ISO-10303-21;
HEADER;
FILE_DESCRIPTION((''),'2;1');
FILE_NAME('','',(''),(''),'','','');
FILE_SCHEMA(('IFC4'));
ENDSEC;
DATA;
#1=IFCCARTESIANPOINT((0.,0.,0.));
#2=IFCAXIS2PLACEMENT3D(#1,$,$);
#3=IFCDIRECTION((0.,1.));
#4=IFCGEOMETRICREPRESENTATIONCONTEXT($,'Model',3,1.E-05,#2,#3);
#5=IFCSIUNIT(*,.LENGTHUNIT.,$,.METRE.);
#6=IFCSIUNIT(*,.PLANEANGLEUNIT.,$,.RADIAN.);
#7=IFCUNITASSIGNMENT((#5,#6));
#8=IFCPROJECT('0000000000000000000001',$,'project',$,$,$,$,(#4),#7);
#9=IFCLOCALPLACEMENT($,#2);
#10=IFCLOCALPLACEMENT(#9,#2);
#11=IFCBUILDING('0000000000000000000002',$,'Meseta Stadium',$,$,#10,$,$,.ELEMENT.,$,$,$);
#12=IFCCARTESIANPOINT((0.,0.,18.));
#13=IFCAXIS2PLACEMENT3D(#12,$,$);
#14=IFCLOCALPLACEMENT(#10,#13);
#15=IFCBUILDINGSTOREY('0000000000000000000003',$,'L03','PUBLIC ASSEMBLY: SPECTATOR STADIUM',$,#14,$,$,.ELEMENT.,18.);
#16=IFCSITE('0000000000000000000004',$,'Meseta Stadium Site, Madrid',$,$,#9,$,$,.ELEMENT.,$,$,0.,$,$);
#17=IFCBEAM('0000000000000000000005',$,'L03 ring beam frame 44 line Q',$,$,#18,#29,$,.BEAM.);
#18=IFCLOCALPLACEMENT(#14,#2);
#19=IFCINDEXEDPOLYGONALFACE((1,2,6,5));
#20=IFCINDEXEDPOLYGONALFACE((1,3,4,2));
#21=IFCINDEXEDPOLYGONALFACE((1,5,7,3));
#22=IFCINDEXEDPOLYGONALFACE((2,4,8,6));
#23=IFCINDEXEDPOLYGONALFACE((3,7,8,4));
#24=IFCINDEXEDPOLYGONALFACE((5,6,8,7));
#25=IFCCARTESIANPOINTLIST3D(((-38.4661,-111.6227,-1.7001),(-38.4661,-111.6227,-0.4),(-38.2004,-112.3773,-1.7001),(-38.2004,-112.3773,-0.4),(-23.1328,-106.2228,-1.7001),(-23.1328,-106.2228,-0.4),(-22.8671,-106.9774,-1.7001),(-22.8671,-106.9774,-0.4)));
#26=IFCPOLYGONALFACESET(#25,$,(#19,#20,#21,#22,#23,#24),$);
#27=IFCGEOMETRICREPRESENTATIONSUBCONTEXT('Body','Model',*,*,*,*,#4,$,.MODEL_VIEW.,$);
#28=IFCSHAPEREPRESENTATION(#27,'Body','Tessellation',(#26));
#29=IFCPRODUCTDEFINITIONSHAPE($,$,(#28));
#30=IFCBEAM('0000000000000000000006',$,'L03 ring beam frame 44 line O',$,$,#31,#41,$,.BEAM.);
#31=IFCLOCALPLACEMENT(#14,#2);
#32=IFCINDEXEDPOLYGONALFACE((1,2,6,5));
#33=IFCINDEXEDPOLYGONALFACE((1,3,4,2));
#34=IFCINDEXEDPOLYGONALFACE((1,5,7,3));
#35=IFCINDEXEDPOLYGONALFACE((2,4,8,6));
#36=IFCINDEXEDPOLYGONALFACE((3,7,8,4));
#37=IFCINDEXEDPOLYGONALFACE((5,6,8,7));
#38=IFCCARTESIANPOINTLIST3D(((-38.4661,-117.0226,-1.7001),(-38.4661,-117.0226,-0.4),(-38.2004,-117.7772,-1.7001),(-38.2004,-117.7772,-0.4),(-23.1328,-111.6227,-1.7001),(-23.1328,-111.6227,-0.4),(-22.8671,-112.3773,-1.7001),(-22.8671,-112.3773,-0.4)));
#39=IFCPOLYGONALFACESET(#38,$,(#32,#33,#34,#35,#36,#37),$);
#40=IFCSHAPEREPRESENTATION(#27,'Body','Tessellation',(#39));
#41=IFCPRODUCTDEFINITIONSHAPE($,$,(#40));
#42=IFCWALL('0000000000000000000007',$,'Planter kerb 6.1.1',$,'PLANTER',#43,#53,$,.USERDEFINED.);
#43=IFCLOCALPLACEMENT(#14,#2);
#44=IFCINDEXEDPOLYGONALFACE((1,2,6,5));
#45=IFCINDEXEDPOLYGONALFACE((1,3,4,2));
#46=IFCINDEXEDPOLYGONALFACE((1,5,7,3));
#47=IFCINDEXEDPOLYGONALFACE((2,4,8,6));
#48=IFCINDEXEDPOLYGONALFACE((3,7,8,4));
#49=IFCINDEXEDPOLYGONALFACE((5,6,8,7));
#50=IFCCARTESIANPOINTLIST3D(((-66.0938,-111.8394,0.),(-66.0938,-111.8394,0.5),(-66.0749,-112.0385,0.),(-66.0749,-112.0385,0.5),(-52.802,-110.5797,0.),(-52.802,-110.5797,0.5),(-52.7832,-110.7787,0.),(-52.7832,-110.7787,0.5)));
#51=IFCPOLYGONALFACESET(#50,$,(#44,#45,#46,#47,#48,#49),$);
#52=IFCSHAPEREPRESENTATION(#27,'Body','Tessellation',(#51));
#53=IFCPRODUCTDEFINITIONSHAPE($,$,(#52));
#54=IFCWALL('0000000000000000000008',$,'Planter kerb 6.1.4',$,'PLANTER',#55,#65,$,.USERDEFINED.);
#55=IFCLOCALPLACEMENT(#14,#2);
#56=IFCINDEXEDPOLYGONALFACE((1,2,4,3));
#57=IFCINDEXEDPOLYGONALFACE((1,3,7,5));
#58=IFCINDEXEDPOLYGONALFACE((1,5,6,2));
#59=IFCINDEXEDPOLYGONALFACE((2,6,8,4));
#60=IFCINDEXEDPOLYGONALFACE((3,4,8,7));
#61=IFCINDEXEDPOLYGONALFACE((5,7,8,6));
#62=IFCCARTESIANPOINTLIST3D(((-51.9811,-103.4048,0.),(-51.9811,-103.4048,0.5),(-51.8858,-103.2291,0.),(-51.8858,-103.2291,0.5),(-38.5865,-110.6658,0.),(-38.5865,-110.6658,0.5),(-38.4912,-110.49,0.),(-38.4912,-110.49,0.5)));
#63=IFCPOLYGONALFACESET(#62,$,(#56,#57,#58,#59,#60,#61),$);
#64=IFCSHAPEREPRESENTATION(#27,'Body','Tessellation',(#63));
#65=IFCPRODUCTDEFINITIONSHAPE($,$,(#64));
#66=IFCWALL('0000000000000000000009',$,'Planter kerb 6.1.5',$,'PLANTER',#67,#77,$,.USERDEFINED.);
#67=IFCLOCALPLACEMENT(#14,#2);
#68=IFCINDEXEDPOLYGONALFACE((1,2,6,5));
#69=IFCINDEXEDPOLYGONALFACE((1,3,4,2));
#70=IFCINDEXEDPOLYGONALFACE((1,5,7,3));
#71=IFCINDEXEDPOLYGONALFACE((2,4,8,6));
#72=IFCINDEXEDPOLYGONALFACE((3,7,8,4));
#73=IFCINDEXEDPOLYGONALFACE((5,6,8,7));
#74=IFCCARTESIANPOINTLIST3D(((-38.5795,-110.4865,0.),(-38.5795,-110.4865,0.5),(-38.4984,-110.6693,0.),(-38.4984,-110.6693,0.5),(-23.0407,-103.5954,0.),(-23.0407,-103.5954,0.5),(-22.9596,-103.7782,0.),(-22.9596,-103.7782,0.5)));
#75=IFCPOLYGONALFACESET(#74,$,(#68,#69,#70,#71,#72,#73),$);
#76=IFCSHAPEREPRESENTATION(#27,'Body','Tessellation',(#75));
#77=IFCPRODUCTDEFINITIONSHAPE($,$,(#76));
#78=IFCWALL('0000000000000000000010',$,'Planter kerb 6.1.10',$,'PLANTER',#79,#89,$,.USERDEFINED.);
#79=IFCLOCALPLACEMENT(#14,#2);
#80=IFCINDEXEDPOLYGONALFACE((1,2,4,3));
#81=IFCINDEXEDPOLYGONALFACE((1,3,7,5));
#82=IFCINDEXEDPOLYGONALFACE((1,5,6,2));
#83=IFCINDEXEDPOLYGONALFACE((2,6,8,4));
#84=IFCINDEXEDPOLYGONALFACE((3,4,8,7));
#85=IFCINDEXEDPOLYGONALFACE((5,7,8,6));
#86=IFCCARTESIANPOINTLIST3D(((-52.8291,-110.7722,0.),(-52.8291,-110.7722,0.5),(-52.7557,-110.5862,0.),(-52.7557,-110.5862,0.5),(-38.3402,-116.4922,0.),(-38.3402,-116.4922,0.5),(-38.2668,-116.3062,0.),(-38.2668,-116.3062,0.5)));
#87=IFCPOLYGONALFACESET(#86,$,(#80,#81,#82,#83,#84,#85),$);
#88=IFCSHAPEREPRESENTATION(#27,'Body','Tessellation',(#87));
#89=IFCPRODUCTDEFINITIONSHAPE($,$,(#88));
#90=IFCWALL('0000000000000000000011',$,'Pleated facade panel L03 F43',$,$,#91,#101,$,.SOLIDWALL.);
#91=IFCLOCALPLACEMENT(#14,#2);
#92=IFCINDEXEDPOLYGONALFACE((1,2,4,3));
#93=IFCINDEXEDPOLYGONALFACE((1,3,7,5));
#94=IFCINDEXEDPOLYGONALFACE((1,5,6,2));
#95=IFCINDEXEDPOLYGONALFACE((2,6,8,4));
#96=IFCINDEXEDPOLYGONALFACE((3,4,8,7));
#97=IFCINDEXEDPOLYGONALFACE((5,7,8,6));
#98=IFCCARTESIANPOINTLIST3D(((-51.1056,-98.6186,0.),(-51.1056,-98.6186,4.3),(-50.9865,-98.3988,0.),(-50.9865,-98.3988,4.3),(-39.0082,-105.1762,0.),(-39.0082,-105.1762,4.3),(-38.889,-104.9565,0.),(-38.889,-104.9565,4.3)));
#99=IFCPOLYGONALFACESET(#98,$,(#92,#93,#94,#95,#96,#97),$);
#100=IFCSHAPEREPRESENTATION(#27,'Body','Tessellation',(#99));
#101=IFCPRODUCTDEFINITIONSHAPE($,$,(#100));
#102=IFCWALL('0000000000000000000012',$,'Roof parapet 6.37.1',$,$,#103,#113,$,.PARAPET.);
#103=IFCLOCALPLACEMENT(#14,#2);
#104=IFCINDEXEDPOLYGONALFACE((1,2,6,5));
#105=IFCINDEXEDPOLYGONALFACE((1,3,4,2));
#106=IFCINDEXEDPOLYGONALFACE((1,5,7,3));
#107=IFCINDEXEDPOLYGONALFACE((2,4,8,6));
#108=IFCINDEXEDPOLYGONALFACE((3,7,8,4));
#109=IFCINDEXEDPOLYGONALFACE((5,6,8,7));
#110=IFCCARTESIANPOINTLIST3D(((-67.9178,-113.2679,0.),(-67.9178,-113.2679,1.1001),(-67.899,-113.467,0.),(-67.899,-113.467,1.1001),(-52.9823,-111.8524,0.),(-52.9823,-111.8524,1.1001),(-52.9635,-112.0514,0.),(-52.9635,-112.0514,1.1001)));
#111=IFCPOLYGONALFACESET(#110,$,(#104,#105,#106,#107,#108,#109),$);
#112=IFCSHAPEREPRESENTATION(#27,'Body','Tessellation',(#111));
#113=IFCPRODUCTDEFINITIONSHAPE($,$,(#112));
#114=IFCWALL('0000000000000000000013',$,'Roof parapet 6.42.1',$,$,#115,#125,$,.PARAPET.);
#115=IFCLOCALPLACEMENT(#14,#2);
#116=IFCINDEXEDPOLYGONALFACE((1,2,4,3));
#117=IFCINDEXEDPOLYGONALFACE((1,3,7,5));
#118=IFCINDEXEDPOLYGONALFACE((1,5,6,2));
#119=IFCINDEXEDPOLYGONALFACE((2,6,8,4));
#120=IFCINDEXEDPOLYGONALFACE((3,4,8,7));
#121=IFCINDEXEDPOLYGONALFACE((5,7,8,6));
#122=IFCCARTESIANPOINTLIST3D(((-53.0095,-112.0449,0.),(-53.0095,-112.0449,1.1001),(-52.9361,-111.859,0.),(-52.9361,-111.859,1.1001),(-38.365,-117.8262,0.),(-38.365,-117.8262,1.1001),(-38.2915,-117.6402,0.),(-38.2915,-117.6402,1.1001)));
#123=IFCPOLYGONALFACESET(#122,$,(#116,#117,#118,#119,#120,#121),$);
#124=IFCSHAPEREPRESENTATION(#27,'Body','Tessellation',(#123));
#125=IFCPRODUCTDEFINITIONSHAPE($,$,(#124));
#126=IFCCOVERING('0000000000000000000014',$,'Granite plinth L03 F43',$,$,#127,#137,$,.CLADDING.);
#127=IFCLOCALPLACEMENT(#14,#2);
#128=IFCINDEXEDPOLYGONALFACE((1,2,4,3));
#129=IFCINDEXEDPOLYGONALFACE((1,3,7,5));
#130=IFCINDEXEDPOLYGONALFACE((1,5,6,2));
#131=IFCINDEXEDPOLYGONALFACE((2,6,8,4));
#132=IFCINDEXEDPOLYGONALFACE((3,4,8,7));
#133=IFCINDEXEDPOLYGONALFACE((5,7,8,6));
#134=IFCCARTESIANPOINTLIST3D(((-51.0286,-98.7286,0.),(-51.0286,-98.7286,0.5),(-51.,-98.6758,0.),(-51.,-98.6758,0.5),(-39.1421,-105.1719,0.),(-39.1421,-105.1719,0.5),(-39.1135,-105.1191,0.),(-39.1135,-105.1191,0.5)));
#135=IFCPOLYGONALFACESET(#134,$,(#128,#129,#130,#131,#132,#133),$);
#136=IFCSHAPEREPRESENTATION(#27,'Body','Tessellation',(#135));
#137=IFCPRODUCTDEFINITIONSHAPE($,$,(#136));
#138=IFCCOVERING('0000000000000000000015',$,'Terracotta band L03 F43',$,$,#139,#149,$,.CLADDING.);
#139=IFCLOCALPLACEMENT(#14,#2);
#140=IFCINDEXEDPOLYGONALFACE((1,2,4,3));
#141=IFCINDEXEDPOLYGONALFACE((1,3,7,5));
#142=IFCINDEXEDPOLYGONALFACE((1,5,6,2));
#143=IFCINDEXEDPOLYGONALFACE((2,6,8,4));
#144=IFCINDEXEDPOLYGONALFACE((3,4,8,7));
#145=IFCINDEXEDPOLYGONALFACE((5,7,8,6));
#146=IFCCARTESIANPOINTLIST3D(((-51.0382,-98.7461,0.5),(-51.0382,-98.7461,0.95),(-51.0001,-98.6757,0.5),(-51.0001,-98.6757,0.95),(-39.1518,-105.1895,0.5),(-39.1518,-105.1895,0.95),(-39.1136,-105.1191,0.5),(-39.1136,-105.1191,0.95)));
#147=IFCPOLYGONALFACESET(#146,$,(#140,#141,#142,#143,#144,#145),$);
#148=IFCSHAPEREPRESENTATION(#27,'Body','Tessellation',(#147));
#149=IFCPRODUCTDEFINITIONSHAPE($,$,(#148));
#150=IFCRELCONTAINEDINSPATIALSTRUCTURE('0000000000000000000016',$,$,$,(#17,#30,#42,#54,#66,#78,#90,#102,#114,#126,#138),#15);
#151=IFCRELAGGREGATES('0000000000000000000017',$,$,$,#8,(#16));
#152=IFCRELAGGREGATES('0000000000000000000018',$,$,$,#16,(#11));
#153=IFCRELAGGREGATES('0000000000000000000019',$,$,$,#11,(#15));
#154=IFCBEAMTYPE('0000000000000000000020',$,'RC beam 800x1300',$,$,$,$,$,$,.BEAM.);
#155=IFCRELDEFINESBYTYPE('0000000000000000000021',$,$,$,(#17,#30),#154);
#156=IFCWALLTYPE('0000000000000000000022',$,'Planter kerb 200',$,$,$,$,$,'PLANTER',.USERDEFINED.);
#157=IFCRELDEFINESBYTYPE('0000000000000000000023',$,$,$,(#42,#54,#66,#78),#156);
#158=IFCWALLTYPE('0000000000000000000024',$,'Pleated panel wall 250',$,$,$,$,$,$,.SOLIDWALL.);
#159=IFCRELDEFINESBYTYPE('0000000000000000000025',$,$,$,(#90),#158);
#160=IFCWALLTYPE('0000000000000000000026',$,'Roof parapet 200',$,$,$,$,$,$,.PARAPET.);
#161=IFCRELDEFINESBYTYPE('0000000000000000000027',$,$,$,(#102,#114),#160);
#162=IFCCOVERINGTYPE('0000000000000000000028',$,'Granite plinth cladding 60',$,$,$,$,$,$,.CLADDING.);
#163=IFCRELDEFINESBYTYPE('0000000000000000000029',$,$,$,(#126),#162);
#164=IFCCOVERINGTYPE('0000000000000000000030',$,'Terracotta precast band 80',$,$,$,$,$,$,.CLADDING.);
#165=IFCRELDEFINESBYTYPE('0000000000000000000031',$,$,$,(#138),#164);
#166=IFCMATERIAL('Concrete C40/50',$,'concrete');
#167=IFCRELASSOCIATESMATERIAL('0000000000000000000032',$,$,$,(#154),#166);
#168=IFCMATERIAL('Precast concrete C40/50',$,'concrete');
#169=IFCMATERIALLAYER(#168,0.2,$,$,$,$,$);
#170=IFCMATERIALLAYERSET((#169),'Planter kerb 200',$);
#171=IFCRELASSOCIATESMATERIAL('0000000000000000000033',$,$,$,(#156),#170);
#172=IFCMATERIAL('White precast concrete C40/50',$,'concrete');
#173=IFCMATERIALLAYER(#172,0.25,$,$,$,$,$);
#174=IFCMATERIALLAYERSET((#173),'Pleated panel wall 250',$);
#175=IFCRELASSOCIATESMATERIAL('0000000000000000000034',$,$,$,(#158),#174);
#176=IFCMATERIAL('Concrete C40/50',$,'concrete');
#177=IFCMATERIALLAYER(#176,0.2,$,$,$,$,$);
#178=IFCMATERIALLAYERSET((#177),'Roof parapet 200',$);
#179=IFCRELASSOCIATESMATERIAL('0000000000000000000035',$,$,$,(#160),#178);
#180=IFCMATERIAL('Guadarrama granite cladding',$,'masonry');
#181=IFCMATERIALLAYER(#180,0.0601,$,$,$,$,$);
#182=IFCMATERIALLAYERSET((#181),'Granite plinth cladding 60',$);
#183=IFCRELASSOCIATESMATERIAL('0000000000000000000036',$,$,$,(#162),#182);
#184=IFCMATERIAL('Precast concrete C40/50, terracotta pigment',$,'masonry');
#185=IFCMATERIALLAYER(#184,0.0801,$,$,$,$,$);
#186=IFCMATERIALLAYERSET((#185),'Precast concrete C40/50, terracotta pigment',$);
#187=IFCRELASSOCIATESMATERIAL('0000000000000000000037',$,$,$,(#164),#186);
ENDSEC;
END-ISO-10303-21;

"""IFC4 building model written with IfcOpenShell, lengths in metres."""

from ifc_helpers import new_model, si_unit, direction, frame, frame_2d, origin, origin_2d, place, context, subcontext, project, spatial, rectangle, extrude, material, layer, layer_set, material_profile, profile_set, type_object, element, save


model = new_model("IFC4")

# Units and contexts
model_context = context("Model", 3, precision=1e-05, world=origin(), true_north=direction((0.0, 1.0)))
body_context = subcontext(model_context, "Body", "Model", "MODEL_VIEW")
ifc_project = project(units=[si_unit("LENGTHUNIT", "METRE"), si_unit("PLANEANGLEUNIT", "RADIAN")], contexts=[model_context])

# Site, building, storey
site_placement = place(None, origin())
site = spatial("IfcSite", under=ifc_project, at=site_placement, Name="Meseta Stadium Site, Madrid", CompositionType="ELEMENT", RefElevation=0.0)
building_placement = place(site_placement, origin())
building = spatial("IfcBuilding", under=site, at=building_placement, Name="Meseta Stadium", CompositionType="ELEMENT")
storey_placement = place(building_placement, frame((0.0, 0.0, 18.0)))
storey = spatial("IfcBuildingStorey", under=building, at=storey_placement, Name="L03", Description="PUBLIC ASSEMBLY: SPECTATOR STADIUM", CompositionType="ELEMENT", Elevation=18.0)

# Beams
ifc_material_1 = material(Name="Concrete C40/50", Category="concrete")
ifc_material_profile_1 = material_profile(ifc_material_1, rectangle(XDim=0.8, YDim=1.3, at=origin_2d()), Name="RC 800x1300")
ifc_profile_set_1 = profile_set([ifc_material_profile_1], Name="Concrete C40/50")
beam_type_1 = type_object("IfcBeamType", Name="RC beam 800x1300", PredefinedType="BEAM", material=ifc_profile_set_1)
for number, where, z_axis, x_axis, name in (
    (1, (-38.3333, -112.0, -1.05), (0.943219, 0.332173, 0.0), (-0.332173, 0.943219, 0.0), "L03 ring beam frame 44 line Q"),
    (2, (-38.3333, -117.3999, -1.05), (0.943219, 0.332173, 0.0), (-0.332173, 0.943219, 0.0), "L03 ring beam frame 44 line O"),
):
    element("IfcBeam", number, at=place(storey_placement, frame(where, z_axis=z_axis, x_axis=x_axis)), inside=storey, type_object=beam_type_1, Name=name, PredefinedType="BEAM", context=body_context, shape_type="SweptSolid", body=[
        extrude(rectangle(XDim=0.8, YDim=1.3, at=origin_2d()), origin(), (0.0, 0.0, 1.0), 16.2563),
    ])

# Walls
ifc_material_2 = material(Name="Precast concrete C40/50", Category="concrete")
ifc_layer_1 = layer(ifc_material_2, 0.2)
ifc_layer_set_1 = layer_set([ifc_layer_1], Name="Planter kerb 200")
wall_type_1 = type_object("IfcWallType", Name="Planter kerb 200", ElementType="PLANTER", PredefinedType="USERDEFINED", material=ifc_layer_set_1)
wall_1_placement = place(storey_placement, frame((-52.7925, -110.6792, 0.0), z_axis=(0.0, 0.0, 1.0), x_axis=(-0.995539, -0.094355, 0.0)))
element("IfcWall", 3, at=wall_1_placement, inside=storey, type_object=wall_type_1, Name="Planter kerb 6.1.1", ObjectType="PLANTER", PredefinedType="USERDEFINED", context=body_context, shape_type="SweptSolid", body=[
    extrude(rectangle(XDim=13.3513, YDim=0.2, at=frame_2d((6.6758, 0.0))), origin(), (0.0, 0.0, 1.0), 0.5),
])
wall_2_placement = place(storey_placement, frame((-51.9336, -103.3169, 0.0), z_axis=(0.0, 0.0, 1.0), x_axis=(0.879141, -0.476561, 0.0)))
element("IfcWall", 4, at=wall_2_placement, inside=storey, type_object=wall_type_1, Name="Planter kerb 6.1.4", ObjectType="PLANTER", PredefinedType="USERDEFINED", context=body_context, shape_type="SweptSolid", body=[
    extrude(rectangle(XDim=15.2361, YDim=0.2, at=frame_2d((7.6182, 0.0))), origin(), (0.0, 0.0, 1.0), 0.5),
])
wall_3_placement = place(storey_placement, frame((-38.5388, -110.5779, 0.0), z_axis=(0.0, 0.0, 1.0), x_axis=(0.914139, 0.4054, 0.0)))
element("IfcWall", 5, at=wall_3_placement, inside=storey, type_object=wall_type_1, Name="Planter kerb 6.1.5", ObjectType="PLANTER", PredefinedType="USERDEFINED", context=body_context, shape_type="SweptSolid", body=[
    extrude(rectangle(XDim=16.9983, YDim=0.2, at=frame_2d((8.499, 0.0))), origin(), (0.0, 0.0, 1.0), 0.5),
])
wall_4_placement = place(storey_placement, frame((-38.3035, -116.3992, 0.0), z_axis=(0.0, 0.0, 1.0), x_axis=(-0.930142, 0.367201, 0.0)))
element("IfcWall", 6, at=wall_4_placement, inside=storey, type_object=wall_type_1, Name="Planter kerb 6.1.10", ObjectType="PLANTER", PredefinedType="USERDEFINED", context=body_context, shape_type="SweptSolid", body=[
    extrude(rectangle(XDim=15.5771, YDim=0.2, at=frame_2d((7.7886, 0.0))), origin(), (0.0, 0.0, 1.0), 0.5),
])
ifc_material_3 = material(Name="White precast concrete C40/50", Category="concrete")
ifc_layer_2 = layer(ifc_material_3, 0.25)
ifc_layer_set_2 = layer_set([ifc_layer_2], Name="Pleated panel wall 250")
wall_type_2 = type_object("IfcWallType", Name="Pleated panel wall 250", PredefinedType="SOLIDWALL", material=ifc_layer_set_2)
wall_5_placement = place(storey_placement, frame((-38.9485, -105.0664, 0.0), z_axis=(0.0, 0.0, 1.0), x_axis=(-0.879144, 0.476556, 0.0)))
element("IfcWall", 7, at=wall_5_placement, inside=storey, type_object=wall_type_2, Name="Pleated facade panel L03 F43", PredefinedType="SOLIDWALL", context=body_context, shape_type="SweptSolid", body=[
    extrude(rectangle(XDim=13.7605, YDim=0.25, at=frame_2d((6.8804, 0.0))), origin(), (0.0, 0.0, 1.0), 4.3),
])
ifc_material_4 = material(Name="Concrete C40/50", Category="concrete")
ifc_layer_3 = layer(ifc_material_4, 0.2)
ifc_layer_set_3 = layer_set([ifc_layer_3], Name="Roof parapet 200")
wall_type_3 = type_object("IfcWallType", Name="Roof parapet 200", PredefinedType="PARAPET", material=ifc_layer_set_3)
wall_6_placement = place(storey_placement, frame((-52.9729, -111.9519, 0.0), z_axis=(0.0, 0.0, 1.0), x_axis=(-0.995539, -0.094353, 0.0)))
element("IfcWall", 8, at=wall_6_placement, inside=storey, type_object=wall_type_3, Name="Roof parapet 6.37.1", PredefinedType="PARAPET", context=body_context, shape_type="SweptSolid", body=[
    extrude(rectangle(XDim=15.0024, YDim=0.2, at=frame_2d((7.5012, 0.0))), origin(), (0.0, 0.0, 1.0), 1.1001),
])
wall_7_placement = place(storey_placement, frame((-38.3284, -117.7332, 0.0), z_axis=(0.0, 0.0, 1.0), x_axis=(-0.930144, 0.367195, 0.0)))
element("IfcWall", 9, at=wall_7_placement, inside=storey, type_object=wall_type_3, Name="Roof parapet 6.42.1", PredefinedType="PARAPET", context=body_context, shape_type="SweptSolid", body=[
    extrude(rectangle(XDim=15.7444, YDim=0.2, at=frame_2d((7.8721, 0.0))), origin(), (0.0, 0.0, 1.0), 1.1001),
])

# Coverings
ifc_material_5 = material(Name="Guadarrama granite cladding", Category="masonry")
ifc_layer_4 = layer(ifc_material_5, 0.0601)
ifc_layer_set_4 = layer_set([ifc_layer_4], Name="Granite plinth cladding 60")
covering_type_1 = type_object("IfcCoveringType", Name="Granite plinth cladding 60", PredefinedType="CLADDING", material=ifc_layer_set_4)
covering_1_placement = place(storey_placement, frame((-45.071, -101.9238, 0.0), z_axis=(0.0, 0.0, 1.0), x_axis=(-0.879142, 0.47656, 0.0)))
element("IfcCovering", 10, at=covering_1_placement, inside=storey, type_object=covering_type_1, Name="Granite plinth L03 F43", PredefinedType="CLADDING", context=body_context, shape_type="SweptSolid", body=[
    extrude(rectangle(XDim=13.5205, YDim=0.0601, at=origin_2d()), origin(), (0.0, 0.0, 1.0), 0.5),
])
ifc_material_6 = material(Name="Precast concrete C40/50, terracotta pigment", Category="masonry")
ifc_layer_5 = layer(ifc_material_6, 0.0801)
ifc_layer_set_5 = layer_set([ifc_layer_5], Name="Precast concrete C40/50, terracotta pigment")
covering_type_2 = type_object("IfcCoveringType", Name="Terracotta precast band 80", PredefinedType="CLADDING", material=ifc_layer_set_5)
covering_2_placement = place(storey_placement, frame((-45.0759, -101.9326, 0.5), z_axis=(0.0, 0.0, 1.0), x_axis=(-0.879142, 0.47656, 0.0)))
element("IfcCovering", 11, at=covering_2_placement, inside=storey, type_object=covering_type_2, Name="Terracotta band L03 F43", PredefinedType="CLADDING", context=body_context, shape_type="SweptSolid", body=[
    extrude(rectangle(XDim=13.5205, YDim=0.0801, at=origin_2d()), origin(), (0.0, 0.0, 1.0), 0.45),
])

save(model, "model.ifc")
